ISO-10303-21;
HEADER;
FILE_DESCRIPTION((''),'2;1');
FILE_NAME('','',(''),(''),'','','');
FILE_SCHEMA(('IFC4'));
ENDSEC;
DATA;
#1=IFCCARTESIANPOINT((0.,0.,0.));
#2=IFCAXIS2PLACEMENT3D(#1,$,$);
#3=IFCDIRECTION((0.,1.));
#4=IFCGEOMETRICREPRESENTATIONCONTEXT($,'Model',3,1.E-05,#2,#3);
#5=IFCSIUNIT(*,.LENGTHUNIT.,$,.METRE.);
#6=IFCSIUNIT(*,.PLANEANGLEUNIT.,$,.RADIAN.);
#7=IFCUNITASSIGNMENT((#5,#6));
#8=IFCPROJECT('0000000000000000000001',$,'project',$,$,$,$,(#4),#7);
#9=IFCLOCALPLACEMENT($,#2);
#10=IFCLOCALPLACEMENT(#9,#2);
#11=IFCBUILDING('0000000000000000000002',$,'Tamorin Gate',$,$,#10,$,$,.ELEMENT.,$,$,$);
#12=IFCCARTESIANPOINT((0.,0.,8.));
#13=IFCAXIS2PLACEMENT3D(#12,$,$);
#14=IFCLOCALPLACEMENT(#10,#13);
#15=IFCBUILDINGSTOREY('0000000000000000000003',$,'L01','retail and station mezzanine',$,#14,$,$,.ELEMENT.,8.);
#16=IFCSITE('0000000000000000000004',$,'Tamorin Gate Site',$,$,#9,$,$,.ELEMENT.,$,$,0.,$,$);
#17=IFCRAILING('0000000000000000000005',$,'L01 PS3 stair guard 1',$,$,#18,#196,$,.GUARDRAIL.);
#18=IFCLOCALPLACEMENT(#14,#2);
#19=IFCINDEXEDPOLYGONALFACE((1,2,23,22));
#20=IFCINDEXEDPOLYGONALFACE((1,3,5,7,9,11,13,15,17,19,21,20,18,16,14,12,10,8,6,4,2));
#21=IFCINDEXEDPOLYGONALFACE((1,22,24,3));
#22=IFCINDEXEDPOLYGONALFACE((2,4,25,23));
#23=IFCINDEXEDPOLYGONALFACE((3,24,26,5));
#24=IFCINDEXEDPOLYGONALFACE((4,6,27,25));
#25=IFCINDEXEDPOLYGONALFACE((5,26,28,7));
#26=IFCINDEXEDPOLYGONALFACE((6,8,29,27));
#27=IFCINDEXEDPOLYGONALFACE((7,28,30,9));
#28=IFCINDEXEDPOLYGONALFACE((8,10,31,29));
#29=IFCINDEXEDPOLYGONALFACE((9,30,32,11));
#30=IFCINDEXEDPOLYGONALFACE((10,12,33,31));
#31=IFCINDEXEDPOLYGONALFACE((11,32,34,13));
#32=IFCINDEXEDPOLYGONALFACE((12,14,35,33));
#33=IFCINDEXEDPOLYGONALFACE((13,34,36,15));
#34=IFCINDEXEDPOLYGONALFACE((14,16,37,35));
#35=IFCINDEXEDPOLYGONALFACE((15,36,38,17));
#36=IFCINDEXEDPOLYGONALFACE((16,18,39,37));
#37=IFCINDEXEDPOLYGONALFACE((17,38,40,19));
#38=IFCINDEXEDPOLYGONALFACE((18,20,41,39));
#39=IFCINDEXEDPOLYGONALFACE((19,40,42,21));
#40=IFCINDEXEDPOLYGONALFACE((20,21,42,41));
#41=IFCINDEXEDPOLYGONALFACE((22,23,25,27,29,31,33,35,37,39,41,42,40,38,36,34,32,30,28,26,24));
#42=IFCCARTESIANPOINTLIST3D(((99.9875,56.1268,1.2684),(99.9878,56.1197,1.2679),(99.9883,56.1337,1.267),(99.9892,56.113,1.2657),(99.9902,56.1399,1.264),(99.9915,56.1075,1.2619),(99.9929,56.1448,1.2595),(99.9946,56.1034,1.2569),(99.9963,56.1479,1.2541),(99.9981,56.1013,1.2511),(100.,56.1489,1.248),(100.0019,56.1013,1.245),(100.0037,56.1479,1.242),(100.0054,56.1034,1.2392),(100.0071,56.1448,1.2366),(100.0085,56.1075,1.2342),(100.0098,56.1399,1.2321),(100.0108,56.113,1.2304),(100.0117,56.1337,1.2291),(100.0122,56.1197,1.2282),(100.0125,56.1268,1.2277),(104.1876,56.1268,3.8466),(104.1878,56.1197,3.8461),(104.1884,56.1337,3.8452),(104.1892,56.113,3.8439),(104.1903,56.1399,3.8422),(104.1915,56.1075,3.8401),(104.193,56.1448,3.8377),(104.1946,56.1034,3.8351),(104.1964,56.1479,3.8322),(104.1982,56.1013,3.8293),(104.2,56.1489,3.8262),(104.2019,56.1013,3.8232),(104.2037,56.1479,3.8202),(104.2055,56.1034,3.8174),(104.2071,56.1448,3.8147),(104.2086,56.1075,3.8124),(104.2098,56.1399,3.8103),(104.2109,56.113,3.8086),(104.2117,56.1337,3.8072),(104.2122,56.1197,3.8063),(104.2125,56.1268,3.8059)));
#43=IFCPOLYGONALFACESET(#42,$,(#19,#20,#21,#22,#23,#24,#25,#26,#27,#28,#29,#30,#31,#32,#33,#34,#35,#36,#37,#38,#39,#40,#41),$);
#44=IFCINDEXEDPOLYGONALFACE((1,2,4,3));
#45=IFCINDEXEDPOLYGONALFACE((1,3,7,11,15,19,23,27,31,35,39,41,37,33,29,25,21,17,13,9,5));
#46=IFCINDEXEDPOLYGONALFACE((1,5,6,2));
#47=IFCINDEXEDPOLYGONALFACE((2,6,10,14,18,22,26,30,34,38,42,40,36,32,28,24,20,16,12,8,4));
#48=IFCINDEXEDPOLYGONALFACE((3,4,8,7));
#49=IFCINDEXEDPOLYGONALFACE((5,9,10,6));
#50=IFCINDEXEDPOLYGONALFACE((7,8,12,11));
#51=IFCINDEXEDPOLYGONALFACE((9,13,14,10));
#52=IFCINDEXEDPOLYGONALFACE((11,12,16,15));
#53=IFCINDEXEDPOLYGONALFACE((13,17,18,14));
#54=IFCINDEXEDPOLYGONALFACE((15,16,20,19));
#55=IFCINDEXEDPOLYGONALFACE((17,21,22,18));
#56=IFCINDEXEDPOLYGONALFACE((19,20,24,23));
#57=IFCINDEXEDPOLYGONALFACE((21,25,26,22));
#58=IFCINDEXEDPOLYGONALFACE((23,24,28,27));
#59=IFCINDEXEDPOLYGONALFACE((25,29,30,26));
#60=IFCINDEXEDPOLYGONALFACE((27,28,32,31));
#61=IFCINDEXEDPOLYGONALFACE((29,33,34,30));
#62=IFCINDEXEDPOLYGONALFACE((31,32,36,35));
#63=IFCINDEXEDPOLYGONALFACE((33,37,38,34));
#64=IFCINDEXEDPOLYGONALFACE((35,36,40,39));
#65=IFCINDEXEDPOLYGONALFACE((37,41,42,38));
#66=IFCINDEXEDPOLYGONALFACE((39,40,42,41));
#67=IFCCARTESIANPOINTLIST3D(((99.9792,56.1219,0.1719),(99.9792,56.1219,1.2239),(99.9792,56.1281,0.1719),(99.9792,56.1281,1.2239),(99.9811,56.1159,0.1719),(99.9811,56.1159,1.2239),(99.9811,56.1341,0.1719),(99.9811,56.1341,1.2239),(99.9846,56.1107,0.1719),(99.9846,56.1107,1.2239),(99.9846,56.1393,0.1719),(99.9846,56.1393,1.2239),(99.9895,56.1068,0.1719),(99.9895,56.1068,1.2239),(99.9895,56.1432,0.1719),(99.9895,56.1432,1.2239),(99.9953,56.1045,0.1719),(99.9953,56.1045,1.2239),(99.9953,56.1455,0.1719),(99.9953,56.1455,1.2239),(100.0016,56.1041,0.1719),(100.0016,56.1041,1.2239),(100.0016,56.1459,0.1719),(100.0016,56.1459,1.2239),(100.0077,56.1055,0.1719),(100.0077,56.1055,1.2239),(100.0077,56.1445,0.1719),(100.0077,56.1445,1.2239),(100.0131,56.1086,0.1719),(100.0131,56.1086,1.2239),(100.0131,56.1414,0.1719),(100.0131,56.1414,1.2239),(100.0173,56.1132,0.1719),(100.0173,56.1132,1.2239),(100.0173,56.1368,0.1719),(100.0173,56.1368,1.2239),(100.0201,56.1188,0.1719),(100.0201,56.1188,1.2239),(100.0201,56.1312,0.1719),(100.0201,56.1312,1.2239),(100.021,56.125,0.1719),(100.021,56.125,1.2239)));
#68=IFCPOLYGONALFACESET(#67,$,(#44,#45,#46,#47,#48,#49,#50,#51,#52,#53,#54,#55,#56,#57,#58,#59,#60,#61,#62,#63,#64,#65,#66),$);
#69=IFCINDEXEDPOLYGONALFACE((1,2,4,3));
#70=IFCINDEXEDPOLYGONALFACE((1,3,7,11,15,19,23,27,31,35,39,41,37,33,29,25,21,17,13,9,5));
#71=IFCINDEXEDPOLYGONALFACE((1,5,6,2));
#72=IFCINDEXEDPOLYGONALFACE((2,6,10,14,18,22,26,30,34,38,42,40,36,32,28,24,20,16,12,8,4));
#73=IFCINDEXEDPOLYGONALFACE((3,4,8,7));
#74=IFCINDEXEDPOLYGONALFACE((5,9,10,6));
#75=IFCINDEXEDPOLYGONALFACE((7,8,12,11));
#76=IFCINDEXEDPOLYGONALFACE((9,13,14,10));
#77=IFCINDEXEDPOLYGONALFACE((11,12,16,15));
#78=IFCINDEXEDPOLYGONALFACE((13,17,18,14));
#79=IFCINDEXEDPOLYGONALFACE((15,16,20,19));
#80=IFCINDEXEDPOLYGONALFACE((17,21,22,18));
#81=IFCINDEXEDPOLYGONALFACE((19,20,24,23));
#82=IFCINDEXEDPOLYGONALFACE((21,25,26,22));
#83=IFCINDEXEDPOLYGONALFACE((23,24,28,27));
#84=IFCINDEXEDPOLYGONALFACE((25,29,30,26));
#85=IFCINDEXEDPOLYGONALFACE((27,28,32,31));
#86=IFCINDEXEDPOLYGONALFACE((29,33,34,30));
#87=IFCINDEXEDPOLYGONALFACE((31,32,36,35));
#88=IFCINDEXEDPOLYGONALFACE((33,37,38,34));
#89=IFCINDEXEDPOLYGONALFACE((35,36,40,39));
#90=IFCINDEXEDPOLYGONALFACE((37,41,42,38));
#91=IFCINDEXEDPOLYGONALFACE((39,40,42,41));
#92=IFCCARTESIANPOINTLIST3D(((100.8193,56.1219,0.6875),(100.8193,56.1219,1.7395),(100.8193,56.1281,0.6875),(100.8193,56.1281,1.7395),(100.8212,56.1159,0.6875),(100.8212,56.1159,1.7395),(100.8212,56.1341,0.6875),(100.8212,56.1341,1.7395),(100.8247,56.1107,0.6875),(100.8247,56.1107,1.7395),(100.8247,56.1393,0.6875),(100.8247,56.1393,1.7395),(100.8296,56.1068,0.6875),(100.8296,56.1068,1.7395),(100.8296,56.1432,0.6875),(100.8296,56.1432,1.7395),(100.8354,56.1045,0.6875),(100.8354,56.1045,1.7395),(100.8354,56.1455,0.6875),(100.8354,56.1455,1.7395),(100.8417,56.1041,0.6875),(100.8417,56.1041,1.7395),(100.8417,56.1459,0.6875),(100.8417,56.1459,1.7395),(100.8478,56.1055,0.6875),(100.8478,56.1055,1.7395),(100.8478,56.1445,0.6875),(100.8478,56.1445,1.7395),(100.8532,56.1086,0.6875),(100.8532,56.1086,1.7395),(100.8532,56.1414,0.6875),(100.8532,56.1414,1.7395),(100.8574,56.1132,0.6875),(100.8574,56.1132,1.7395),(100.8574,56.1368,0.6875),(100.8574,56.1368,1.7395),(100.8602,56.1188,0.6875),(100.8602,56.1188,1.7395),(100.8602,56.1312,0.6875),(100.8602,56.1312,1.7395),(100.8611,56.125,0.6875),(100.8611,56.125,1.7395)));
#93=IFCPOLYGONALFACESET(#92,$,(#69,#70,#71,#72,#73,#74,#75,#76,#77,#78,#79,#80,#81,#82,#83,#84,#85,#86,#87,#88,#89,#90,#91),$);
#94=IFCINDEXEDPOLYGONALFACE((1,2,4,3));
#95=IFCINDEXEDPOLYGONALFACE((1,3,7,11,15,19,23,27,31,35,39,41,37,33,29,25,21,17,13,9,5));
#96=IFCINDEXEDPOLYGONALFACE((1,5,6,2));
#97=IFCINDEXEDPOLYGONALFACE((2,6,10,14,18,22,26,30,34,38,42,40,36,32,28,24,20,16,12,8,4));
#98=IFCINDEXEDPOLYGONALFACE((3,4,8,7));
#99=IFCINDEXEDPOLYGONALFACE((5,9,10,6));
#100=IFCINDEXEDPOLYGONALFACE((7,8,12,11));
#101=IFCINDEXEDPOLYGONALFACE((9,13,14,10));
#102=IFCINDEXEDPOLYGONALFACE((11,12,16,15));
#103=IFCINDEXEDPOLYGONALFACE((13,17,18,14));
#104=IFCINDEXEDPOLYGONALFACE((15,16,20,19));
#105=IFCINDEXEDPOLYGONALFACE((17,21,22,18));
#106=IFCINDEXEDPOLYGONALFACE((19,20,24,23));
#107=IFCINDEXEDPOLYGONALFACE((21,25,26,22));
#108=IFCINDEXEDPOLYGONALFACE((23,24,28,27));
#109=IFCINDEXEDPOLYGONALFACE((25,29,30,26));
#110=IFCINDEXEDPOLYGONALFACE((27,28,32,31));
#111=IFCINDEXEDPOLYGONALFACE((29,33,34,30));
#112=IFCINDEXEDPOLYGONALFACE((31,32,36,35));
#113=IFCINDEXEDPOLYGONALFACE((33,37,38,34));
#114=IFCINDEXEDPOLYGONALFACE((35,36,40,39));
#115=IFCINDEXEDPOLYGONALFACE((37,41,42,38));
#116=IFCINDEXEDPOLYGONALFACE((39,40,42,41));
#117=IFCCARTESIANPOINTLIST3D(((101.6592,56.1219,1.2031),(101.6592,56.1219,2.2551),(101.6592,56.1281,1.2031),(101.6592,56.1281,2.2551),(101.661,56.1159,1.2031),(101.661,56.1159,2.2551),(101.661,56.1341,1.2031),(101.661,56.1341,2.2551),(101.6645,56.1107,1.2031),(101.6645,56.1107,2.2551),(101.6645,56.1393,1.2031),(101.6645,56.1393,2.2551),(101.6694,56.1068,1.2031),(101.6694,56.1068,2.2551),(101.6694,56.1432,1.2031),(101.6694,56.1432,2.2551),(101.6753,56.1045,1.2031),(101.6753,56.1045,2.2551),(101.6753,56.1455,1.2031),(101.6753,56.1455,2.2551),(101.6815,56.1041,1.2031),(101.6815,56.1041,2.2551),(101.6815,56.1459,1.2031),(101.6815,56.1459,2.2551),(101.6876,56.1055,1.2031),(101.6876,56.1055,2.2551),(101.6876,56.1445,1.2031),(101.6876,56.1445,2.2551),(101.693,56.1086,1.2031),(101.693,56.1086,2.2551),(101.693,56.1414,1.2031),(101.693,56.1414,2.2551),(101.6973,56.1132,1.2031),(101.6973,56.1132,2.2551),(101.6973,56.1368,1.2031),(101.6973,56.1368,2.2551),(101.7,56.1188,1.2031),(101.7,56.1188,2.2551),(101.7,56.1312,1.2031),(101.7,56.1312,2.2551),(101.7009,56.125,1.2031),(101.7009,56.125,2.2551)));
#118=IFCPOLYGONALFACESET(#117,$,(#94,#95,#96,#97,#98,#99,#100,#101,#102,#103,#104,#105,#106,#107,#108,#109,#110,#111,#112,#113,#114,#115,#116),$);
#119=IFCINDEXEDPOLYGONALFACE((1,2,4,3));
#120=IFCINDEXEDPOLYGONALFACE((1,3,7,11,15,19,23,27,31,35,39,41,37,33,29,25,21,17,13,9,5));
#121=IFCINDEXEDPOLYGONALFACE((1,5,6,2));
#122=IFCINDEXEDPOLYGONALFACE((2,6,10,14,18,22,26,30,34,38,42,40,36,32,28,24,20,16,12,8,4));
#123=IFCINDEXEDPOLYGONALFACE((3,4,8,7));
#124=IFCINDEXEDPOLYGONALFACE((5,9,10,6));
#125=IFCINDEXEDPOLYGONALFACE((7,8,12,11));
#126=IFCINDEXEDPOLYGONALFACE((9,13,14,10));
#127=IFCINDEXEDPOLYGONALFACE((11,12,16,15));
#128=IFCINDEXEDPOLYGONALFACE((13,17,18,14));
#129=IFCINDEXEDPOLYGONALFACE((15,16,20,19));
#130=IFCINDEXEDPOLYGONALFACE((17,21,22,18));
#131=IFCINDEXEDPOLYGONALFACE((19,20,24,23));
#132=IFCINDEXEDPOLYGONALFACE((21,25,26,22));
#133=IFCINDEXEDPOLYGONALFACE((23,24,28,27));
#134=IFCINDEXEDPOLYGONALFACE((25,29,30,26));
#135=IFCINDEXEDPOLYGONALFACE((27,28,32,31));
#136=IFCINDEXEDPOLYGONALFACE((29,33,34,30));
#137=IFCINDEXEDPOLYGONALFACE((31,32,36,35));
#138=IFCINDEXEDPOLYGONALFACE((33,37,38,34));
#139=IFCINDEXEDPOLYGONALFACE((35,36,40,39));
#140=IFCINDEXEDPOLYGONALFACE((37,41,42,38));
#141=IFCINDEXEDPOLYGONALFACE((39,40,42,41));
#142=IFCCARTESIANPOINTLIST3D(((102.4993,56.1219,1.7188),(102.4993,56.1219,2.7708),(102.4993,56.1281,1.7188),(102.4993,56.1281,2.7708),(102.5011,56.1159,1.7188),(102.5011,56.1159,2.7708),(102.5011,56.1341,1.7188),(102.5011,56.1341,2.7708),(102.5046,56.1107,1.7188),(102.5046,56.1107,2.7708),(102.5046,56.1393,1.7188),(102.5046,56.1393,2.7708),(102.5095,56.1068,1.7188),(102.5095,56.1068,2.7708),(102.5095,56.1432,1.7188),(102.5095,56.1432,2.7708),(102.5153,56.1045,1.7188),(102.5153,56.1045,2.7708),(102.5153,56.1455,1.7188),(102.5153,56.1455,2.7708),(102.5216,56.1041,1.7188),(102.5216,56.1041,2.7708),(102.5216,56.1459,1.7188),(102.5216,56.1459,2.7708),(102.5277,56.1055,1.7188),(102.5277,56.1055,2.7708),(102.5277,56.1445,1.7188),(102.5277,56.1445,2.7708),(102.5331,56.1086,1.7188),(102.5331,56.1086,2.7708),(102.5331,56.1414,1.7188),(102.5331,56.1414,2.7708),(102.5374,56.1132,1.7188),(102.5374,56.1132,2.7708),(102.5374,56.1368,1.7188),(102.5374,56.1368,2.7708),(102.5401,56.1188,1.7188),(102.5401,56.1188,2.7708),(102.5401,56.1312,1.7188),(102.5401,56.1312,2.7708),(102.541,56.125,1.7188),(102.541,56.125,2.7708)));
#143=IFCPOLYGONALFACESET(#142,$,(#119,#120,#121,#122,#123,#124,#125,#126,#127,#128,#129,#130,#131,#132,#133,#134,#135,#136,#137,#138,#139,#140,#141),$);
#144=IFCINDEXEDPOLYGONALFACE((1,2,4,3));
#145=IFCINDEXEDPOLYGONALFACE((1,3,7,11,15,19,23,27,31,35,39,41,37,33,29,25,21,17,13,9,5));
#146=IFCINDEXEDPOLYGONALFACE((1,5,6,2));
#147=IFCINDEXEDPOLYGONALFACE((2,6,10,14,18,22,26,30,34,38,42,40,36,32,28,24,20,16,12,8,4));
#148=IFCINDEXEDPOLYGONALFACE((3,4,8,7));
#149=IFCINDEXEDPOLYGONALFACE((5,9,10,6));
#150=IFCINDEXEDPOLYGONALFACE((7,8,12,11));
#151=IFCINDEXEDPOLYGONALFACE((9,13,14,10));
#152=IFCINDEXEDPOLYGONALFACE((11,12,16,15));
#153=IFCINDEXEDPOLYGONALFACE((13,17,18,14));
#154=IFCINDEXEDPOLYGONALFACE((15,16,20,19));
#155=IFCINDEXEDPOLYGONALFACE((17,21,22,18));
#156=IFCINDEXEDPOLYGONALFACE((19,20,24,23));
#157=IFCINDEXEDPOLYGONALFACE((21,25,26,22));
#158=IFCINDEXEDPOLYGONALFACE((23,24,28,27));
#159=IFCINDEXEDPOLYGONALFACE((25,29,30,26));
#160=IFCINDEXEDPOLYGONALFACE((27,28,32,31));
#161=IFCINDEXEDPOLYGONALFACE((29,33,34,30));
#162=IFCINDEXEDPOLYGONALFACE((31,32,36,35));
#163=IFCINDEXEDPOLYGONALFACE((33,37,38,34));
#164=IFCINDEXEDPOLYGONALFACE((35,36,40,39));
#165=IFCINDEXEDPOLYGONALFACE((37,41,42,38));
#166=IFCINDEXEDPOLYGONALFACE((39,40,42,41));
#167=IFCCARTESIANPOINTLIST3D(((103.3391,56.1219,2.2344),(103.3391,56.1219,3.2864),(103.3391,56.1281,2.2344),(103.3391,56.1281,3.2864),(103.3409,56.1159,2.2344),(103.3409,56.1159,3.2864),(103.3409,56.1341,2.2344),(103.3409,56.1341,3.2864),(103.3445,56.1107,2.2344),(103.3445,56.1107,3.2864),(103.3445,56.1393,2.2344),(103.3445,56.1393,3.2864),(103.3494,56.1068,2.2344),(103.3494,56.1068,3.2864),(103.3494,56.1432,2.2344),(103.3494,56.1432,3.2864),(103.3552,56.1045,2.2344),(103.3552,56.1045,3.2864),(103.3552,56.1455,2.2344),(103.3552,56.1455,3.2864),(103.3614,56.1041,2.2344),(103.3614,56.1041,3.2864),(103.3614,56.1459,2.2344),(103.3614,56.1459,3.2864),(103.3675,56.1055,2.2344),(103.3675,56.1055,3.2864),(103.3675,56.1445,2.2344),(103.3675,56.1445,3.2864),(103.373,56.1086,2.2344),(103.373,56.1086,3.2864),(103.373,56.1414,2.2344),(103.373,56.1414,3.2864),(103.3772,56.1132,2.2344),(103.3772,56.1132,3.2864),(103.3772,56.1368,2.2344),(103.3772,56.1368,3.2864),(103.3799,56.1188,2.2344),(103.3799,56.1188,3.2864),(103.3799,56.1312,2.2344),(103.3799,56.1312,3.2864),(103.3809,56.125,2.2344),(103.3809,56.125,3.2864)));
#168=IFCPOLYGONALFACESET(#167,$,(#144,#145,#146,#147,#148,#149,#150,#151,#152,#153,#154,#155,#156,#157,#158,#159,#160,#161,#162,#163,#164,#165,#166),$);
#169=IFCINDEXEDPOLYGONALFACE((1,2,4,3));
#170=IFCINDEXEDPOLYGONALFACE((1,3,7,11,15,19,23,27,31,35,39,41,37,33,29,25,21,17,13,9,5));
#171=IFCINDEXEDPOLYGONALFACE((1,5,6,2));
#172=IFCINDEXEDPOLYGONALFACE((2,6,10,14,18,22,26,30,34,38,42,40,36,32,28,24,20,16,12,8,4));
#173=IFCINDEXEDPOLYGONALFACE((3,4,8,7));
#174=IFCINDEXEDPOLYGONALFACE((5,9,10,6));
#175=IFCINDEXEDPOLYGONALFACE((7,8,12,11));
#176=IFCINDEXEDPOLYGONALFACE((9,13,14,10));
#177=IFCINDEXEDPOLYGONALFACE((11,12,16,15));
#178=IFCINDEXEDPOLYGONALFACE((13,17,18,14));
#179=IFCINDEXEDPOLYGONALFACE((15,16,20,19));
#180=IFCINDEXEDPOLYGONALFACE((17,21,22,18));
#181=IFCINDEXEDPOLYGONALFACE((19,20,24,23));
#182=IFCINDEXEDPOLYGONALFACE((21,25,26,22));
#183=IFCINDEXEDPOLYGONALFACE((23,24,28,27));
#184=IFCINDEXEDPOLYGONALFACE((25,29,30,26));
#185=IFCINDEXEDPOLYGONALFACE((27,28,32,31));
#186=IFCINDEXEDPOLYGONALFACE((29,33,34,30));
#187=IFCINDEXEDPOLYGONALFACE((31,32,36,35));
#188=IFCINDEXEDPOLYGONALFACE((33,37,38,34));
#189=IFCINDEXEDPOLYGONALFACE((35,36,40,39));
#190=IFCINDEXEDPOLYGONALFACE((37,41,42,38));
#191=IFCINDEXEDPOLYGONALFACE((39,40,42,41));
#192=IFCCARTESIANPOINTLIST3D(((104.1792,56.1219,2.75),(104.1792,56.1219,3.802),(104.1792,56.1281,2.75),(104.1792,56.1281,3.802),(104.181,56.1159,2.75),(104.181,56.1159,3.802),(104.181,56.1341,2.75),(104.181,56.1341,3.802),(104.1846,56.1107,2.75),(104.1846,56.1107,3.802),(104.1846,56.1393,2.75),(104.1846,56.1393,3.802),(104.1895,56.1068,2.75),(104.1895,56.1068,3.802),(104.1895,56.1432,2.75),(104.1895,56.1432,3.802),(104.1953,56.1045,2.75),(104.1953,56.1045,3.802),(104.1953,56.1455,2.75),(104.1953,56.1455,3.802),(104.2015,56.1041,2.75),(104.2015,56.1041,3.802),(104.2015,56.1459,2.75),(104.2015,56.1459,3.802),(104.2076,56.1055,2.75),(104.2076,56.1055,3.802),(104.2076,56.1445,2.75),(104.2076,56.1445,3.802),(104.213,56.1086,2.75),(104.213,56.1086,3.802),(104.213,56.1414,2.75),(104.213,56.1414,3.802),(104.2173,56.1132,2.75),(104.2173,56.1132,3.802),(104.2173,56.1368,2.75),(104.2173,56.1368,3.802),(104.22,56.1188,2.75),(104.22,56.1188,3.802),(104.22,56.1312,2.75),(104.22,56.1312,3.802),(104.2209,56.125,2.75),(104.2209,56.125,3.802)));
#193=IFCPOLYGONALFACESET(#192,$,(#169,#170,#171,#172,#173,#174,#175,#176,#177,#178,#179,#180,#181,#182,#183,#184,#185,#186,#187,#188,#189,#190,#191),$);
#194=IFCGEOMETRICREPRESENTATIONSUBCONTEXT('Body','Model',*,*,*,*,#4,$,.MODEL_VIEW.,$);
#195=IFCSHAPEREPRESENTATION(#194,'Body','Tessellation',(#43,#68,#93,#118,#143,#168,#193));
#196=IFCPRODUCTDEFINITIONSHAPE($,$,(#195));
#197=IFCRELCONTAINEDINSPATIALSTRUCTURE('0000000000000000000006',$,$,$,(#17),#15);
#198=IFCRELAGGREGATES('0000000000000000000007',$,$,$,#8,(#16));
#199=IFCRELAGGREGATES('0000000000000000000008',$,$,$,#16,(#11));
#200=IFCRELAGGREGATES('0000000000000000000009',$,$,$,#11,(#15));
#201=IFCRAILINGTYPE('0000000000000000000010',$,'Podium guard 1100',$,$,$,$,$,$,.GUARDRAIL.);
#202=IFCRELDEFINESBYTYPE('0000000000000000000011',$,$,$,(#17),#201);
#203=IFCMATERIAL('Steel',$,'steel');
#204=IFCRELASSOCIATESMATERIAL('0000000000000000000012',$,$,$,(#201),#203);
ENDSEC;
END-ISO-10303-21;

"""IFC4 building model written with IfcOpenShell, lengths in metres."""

from ifc_helpers import new_model, si_unit, direction, frame, origin, origin_2d, place, context, subcontext, project, spatial, circle, extrude, material, type_object, element, save


model = new_model("IFC4")

# Units and contexts
model_context = context("Model", 3, precision=1e-05, world=origin(), true_north=direction((0.0, 1.0)))
body_context = subcontext(model_context, "Body", "Model", "MODEL_VIEW")
ifc_project = project(units=[si_unit("LENGTHUNIT", "METRE"), si_unit("PLANEANGLEUNIT", "RADIAN")], contexts=[model_context])

# Site, building, storey
site_placement = place(None, origin())
site = spatial("IfcSite", under=ifc_project, at=site_placement, Name="Tamorin Gate Site", CompositionType="ELEMENT", RefElevation=0.0)
building_placement = place(site_placement, origin())
building = spatial("IfcBuilding", under=site, at=building_placement, Name="Tamorin Gate", CompositionType="ELEMENT")
storey_placement = place(building_placement, frame((0.0, 0.0, 8.0)))
storey = spatial("IfcBuildingStorey", under=building, at=storey_placement, Name="L01", Description="retail and station mezzanine", CompositionType="ELEMENT", Elevation=8.0)

# Railing
ifc_material_1 = material(Name="Steel", Category="steel")
railing_type_1 = type_object("IfcRailingType", Name="Podium guard 1100", PredefinedType="GUARDRAIL", material=ifc_material_1)
railing_1_placement = place(storey_placement, frame((100.0, 56.125, 0.1719)))
element("IfcRailing", 1, at=railing_1_placement, inside=storey, type_object=railing_type_1, Name="L01 PS3 stair guard 1", PredefinedType="GUARDRAIL", context=body_context, shape_type="SweptSolid", body=[
    extrude(circle(Radius=0.0239, at=origin_2d()), frame((0.0, 0.0, 1.0762), z_axis=(0.852243, 0.0, 0.523146), x_axis=(0.0, 1.0, 0.0)), (0.0, 0.0, 1.0), 4.9282),
    extrude(circle(Radius=0.021, at=origin_2d()), origin(), (0.0, 0.0, 1.0), 1.052),
    extrude(circle(Radius=0.021, at=origin_2d()), frame((0.8401, 0.0, 0.5156)), (0.0, 0.0, 1.0), 1.052),
    extrude(circle(Radius=0.021, at=origin_2d()), frame((1.6799, 0.0, 1.0312)), (0.0, 0.0, 1.0), 1.052),
    extrude(circle(Radius=0.021, at=origin_2d()), frame((2.52, 0.0, 1.5469)), (0.0, 0.0, 1.0), 1.052),
    extrude(circle(Radius=0.021, at=origin_2d()), frame((3.3599, 0.0, 2.0625)), (0.0, 0.0, 1.0), 1.052),
    extrude(circle(Radius=0.021, at=origin_2d()), frame((4.2, 0.0, 2.5781)), (0.0, 0.0, 1.0), 1.052),
])

save(model, "model.ifc")
